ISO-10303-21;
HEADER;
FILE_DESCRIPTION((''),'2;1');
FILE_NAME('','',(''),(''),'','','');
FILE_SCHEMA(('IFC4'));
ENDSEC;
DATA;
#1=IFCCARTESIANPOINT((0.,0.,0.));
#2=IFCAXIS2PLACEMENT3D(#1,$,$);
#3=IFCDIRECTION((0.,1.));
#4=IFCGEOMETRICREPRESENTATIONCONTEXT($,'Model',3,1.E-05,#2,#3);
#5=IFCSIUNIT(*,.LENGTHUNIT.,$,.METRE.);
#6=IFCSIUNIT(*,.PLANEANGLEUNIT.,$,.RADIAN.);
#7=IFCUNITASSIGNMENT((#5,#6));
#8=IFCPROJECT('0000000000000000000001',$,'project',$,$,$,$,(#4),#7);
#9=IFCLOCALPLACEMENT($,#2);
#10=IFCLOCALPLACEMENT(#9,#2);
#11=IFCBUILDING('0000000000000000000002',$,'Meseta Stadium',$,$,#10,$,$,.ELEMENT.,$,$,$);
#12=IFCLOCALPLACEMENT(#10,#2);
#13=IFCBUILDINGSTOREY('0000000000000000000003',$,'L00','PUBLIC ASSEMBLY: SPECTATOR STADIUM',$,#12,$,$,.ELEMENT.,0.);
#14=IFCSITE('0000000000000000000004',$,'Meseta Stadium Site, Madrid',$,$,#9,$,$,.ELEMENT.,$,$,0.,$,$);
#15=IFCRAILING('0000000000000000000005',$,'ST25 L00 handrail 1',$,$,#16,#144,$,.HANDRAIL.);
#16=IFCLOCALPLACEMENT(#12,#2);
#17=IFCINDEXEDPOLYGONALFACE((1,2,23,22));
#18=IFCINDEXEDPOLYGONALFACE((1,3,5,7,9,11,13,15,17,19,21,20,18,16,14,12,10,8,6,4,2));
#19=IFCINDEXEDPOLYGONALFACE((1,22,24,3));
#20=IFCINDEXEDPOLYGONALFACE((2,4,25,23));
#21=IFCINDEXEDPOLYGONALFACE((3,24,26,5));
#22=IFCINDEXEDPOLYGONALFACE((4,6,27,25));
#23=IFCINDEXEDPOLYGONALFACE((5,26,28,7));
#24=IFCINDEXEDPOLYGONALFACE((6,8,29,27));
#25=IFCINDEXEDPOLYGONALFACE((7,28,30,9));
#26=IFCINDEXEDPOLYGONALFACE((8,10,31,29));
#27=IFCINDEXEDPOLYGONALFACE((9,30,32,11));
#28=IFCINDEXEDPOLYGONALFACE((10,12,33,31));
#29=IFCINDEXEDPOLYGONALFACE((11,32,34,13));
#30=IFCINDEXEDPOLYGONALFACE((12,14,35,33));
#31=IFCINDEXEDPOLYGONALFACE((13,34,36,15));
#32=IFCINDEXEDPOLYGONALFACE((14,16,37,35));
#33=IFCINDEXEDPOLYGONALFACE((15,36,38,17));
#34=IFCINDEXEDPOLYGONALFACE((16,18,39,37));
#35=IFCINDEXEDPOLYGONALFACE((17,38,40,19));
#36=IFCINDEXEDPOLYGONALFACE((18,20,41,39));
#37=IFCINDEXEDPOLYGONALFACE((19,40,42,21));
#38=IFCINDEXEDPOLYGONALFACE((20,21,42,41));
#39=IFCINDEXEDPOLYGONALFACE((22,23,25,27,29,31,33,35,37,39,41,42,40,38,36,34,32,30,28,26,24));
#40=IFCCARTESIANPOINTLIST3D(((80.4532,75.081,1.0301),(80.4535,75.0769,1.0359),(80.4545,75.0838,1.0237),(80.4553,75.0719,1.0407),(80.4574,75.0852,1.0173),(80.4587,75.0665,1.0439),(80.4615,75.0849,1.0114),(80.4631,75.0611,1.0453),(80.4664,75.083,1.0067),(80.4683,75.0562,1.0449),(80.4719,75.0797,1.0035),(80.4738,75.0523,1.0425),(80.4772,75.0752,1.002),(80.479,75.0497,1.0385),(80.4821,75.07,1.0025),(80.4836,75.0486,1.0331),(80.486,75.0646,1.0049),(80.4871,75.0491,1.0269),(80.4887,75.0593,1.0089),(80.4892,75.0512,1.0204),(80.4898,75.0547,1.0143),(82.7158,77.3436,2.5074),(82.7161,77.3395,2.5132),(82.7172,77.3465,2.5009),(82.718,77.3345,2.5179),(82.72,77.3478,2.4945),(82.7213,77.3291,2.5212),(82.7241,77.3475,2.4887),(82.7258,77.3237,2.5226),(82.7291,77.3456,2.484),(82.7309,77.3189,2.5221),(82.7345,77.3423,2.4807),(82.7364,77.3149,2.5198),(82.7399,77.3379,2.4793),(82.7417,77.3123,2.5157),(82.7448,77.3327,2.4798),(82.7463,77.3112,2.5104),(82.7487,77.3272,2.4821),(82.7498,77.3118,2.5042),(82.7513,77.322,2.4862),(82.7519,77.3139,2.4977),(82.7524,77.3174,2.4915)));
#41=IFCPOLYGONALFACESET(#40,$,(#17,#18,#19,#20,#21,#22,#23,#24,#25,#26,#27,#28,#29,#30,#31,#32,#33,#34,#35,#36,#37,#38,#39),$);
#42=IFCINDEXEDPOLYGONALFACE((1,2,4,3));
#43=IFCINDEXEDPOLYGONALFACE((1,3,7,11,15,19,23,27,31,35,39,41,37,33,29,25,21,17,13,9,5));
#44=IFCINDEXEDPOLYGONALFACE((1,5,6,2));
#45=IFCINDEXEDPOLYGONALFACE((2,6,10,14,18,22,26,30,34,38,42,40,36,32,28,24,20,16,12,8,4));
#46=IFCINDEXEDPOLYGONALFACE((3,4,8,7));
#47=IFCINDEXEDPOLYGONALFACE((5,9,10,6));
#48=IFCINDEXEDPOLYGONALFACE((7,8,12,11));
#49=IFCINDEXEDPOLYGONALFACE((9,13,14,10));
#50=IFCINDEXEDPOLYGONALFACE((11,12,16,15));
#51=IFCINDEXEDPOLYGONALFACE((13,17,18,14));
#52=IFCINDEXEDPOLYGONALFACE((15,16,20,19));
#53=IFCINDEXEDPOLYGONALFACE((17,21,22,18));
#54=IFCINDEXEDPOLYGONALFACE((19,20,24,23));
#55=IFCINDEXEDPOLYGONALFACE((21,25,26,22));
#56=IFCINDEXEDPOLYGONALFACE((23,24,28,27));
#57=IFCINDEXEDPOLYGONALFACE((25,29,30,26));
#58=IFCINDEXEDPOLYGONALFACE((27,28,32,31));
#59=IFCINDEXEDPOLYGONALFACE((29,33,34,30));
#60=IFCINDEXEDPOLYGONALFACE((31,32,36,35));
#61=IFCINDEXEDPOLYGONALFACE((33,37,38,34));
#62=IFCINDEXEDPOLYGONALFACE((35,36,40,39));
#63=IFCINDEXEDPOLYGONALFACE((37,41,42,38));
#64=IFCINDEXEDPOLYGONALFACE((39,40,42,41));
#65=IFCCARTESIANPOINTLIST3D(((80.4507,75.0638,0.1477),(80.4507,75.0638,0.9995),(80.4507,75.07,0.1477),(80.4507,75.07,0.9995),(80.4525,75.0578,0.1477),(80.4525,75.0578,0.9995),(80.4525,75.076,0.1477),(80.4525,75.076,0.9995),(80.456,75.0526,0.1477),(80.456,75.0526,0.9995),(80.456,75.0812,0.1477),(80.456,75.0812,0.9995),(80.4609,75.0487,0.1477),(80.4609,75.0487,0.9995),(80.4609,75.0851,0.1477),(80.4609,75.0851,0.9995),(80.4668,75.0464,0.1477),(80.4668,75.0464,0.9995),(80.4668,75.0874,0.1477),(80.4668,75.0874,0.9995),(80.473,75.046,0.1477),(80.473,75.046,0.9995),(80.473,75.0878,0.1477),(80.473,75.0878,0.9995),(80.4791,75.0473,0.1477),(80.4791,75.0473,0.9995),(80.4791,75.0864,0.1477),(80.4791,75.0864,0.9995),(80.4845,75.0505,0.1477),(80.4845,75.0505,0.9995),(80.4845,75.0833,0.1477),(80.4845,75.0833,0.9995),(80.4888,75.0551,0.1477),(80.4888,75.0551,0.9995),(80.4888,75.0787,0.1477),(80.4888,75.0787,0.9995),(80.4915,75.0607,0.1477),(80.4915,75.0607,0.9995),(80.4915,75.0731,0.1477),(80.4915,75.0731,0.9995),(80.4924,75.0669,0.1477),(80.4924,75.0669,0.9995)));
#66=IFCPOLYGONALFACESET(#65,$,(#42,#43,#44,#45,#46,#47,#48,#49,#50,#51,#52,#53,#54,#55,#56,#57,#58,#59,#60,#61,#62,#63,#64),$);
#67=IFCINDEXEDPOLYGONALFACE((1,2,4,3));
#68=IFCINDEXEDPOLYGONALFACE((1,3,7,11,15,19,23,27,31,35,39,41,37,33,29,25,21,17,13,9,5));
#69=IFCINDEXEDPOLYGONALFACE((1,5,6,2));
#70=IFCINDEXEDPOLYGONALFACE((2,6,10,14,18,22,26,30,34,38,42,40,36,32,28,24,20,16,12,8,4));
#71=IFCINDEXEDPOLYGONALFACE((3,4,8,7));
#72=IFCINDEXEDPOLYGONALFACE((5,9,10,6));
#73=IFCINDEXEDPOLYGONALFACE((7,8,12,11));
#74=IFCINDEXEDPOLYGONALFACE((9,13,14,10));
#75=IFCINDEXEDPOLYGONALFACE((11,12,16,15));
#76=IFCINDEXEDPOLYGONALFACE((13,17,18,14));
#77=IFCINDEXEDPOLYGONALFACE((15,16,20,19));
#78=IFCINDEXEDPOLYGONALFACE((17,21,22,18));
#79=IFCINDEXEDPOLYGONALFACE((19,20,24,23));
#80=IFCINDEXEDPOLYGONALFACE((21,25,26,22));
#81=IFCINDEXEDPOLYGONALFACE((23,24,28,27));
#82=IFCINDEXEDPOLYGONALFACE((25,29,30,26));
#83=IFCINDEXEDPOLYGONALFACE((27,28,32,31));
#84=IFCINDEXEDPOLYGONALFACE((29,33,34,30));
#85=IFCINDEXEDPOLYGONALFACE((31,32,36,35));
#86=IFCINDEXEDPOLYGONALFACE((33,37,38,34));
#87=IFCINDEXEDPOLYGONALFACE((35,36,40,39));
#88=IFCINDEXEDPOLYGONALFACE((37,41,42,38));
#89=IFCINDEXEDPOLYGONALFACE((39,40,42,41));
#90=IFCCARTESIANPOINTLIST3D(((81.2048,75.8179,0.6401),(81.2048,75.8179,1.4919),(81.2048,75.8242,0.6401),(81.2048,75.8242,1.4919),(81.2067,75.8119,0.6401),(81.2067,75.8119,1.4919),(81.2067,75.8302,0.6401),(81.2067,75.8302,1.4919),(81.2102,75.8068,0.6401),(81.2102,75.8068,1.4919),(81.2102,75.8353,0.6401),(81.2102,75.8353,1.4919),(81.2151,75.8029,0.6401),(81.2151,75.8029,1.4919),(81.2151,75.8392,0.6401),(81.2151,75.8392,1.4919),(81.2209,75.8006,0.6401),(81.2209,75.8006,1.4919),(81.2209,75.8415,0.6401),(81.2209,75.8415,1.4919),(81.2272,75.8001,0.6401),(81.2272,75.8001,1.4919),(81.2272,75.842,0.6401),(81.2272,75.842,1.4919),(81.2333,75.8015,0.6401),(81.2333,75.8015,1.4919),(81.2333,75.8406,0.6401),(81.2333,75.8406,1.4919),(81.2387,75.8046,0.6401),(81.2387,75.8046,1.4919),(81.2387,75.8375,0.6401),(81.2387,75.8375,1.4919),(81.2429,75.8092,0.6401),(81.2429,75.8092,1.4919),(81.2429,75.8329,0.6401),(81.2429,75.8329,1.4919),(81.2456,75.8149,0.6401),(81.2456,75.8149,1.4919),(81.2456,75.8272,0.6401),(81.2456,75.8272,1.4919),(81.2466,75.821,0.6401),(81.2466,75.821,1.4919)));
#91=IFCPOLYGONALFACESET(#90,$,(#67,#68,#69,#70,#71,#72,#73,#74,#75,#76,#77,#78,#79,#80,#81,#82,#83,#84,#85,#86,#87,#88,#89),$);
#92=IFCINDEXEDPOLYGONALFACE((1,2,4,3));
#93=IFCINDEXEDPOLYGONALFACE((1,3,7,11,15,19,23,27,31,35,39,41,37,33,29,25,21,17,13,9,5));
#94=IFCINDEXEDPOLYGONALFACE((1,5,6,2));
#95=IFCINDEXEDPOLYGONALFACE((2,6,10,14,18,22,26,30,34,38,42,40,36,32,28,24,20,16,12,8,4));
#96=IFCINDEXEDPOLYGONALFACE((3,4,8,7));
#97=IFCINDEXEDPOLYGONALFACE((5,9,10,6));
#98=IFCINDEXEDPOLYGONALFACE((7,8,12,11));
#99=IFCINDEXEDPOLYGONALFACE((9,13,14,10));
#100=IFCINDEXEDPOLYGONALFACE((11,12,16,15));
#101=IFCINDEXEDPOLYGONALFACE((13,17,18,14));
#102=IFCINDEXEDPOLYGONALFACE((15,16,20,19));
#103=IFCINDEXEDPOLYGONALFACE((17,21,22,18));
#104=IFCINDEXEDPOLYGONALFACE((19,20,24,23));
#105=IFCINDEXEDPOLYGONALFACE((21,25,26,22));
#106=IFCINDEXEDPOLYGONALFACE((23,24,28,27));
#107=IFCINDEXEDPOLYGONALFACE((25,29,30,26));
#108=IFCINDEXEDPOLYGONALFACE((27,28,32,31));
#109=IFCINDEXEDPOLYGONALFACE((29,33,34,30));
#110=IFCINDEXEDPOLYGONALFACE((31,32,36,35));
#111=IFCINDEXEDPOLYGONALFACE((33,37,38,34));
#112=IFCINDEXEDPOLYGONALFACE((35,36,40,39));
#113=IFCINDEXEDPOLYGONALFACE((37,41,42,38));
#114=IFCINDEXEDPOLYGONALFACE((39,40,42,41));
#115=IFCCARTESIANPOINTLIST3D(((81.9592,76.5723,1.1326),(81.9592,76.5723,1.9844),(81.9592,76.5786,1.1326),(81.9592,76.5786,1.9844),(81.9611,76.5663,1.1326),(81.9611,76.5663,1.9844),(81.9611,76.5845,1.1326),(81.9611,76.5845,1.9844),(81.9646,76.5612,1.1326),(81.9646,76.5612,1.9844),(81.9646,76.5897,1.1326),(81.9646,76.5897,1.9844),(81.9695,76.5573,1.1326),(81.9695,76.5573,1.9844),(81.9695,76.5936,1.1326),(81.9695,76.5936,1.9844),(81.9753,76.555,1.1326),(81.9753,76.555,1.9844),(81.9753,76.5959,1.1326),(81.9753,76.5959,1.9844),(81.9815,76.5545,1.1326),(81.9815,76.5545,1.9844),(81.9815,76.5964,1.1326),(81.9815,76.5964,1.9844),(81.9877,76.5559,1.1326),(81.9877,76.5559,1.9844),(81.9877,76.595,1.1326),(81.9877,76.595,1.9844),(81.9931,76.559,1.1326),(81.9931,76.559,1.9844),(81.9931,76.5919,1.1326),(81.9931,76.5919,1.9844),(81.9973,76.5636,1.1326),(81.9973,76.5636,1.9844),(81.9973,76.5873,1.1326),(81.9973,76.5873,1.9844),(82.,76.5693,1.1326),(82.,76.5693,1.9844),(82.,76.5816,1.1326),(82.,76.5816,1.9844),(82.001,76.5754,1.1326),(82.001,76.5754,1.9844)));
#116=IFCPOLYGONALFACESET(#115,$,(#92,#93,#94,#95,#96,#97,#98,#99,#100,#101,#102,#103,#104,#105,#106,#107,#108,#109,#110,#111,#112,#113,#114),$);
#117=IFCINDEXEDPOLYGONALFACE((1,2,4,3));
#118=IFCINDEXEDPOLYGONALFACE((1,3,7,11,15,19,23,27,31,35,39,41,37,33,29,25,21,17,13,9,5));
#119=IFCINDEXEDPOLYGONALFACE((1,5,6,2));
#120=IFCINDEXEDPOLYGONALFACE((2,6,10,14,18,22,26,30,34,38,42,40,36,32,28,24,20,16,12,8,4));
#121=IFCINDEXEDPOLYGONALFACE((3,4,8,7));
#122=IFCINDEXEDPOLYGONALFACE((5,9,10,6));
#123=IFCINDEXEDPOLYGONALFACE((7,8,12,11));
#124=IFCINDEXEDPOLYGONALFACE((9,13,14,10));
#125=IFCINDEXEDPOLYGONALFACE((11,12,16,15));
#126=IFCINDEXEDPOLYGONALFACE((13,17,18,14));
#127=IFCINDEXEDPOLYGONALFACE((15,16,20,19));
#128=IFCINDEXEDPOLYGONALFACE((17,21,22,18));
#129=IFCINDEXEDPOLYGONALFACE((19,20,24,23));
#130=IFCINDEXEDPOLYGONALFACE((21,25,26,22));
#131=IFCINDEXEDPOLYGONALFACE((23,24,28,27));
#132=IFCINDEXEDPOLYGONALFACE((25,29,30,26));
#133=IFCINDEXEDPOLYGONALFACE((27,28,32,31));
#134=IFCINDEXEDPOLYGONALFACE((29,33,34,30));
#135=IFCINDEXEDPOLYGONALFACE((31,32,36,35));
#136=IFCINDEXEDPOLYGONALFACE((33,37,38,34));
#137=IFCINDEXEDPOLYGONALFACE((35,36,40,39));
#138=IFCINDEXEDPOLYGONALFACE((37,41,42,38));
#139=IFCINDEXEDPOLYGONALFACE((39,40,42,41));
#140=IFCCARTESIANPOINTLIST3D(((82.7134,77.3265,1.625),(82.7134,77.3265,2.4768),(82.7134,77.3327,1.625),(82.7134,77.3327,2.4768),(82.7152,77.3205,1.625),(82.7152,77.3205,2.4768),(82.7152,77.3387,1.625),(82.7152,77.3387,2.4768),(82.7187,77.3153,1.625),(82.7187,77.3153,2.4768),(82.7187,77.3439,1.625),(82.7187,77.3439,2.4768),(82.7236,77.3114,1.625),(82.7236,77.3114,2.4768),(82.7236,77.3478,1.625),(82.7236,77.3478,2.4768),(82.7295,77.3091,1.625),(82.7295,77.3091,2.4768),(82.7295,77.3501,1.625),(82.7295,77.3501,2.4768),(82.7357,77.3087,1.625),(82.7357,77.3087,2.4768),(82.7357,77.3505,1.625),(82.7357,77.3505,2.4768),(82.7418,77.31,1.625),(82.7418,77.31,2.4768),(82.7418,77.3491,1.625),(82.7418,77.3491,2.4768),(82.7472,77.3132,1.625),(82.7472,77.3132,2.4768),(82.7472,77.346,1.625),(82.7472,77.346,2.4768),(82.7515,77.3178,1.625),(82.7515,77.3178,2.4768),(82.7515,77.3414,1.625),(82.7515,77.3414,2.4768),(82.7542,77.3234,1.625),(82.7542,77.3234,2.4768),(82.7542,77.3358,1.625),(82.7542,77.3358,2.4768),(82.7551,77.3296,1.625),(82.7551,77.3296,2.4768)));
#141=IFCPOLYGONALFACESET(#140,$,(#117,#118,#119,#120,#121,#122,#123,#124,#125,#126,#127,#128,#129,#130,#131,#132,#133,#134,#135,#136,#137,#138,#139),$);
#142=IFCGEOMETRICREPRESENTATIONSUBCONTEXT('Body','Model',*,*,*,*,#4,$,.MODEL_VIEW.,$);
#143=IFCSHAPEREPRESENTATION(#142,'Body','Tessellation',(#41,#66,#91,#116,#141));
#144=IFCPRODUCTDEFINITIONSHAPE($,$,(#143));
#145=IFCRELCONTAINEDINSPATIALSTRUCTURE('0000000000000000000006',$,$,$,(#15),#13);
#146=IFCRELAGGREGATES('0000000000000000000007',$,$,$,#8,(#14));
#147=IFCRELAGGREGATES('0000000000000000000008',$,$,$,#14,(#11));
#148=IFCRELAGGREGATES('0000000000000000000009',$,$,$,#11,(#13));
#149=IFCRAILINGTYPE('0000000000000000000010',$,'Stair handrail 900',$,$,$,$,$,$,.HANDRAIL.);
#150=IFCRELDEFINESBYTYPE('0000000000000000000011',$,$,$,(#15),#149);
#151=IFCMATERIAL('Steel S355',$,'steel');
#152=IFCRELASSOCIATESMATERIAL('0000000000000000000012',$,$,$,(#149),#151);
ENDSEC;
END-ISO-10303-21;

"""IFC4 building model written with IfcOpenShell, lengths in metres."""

from ifc_helpers import new_model, si_unit, direction, frame, origin, origin_2d, place, context, subcontext, project, spatial, circle, extrude, material, type_object, element, save


model = new_model("IFC4")

# Units and contexts
model_context = context("Model", 3, precision=1e-05, world=origin(), true_north=direction((0.0, 1.0)))
body_context = subcontext(model_context, "Body", "Model", "MODEL_VIEW")
ifc_project = project(units=[si_unit("LENGTHUNIT", "METRE"), si_unit("PLANEANGLEUNIT", "RADIAN")], contexts=[model_context])

# Site, building, storey
site_placement = place(None, origin())
site = spatial("IfcSite", under=ifc_project, at=site_placement, Name="Meseta Stadium Site, Madrid", CompositionType="ELEMENT", RefElevation=0.0)
building_placement = place(site_placement, origin())
building = spatial("IfcBuilding", under=site, at=building_placement, Name="Meseta Stadium", CompositionType="ELEMENT")
storey_placement = place(building_placement, origin())
storey = spatial("IfcBuildingStorey", under=building, at=storey_placement, Name="L00", Description="PUBLIC ASSEMBLY: SPECTATOR STADIUM", CompositionType="ELEMENT", Elevation=0.0)

# Railing
ifc_material_1 = material(Name="Steel S355", Category="steel")
railing_type_1 = type_object("IfcRailingType", Name="Stair handrail 900", PredefinedType="HANDRAIL", material=ifc_material_1)
for number, where, name in (
    (1, (80.4714, 75.0669, 0.1477), "ST25 L00 handrail 1"),
):
    element("IfcRailing", number, at=place(storey_placement, frame(where)), inside=storey, type_object=railing_type_1, Name=name, PredefinedType="HANDRAIL", context=body_context, shape_type="SweptSolid", body=[
        extrude(circle(Radius=0.0239, at=origin_2d()), frame((0.0, 0.0, 0.876), z_axis=(0.641994, 0.641994, 0.419152), x_axis=(-0.707107, 0.707107, 0.0)), (0.0, 0.0, 1.0), 3.5244),
        extrude(circle(Radius=0.021, at=origin_2d()), origin(), (0.0, 0.0, 1.0), 0.8518),
        extrude(circle(Radius=0.021, at=origin_2d()), frame((0.7542, 0.7542, 0.4924)), (0.0, 0.0, 1.0), 0.8518),
        extrude(circle(Radius=0.021, at=origin_2d()), frame((1.5085, 1.5085, 0.9849)), (0.0, 0.0, 1.0), 0.8518),
        extrude(circle(Radius=0.021, at=origin_2d()), frame((2.2627, 2.2627, 1.4773)), (0.0, 0.0, 1.0), 0.8518),
    ])

save(model, "model.ifc")
